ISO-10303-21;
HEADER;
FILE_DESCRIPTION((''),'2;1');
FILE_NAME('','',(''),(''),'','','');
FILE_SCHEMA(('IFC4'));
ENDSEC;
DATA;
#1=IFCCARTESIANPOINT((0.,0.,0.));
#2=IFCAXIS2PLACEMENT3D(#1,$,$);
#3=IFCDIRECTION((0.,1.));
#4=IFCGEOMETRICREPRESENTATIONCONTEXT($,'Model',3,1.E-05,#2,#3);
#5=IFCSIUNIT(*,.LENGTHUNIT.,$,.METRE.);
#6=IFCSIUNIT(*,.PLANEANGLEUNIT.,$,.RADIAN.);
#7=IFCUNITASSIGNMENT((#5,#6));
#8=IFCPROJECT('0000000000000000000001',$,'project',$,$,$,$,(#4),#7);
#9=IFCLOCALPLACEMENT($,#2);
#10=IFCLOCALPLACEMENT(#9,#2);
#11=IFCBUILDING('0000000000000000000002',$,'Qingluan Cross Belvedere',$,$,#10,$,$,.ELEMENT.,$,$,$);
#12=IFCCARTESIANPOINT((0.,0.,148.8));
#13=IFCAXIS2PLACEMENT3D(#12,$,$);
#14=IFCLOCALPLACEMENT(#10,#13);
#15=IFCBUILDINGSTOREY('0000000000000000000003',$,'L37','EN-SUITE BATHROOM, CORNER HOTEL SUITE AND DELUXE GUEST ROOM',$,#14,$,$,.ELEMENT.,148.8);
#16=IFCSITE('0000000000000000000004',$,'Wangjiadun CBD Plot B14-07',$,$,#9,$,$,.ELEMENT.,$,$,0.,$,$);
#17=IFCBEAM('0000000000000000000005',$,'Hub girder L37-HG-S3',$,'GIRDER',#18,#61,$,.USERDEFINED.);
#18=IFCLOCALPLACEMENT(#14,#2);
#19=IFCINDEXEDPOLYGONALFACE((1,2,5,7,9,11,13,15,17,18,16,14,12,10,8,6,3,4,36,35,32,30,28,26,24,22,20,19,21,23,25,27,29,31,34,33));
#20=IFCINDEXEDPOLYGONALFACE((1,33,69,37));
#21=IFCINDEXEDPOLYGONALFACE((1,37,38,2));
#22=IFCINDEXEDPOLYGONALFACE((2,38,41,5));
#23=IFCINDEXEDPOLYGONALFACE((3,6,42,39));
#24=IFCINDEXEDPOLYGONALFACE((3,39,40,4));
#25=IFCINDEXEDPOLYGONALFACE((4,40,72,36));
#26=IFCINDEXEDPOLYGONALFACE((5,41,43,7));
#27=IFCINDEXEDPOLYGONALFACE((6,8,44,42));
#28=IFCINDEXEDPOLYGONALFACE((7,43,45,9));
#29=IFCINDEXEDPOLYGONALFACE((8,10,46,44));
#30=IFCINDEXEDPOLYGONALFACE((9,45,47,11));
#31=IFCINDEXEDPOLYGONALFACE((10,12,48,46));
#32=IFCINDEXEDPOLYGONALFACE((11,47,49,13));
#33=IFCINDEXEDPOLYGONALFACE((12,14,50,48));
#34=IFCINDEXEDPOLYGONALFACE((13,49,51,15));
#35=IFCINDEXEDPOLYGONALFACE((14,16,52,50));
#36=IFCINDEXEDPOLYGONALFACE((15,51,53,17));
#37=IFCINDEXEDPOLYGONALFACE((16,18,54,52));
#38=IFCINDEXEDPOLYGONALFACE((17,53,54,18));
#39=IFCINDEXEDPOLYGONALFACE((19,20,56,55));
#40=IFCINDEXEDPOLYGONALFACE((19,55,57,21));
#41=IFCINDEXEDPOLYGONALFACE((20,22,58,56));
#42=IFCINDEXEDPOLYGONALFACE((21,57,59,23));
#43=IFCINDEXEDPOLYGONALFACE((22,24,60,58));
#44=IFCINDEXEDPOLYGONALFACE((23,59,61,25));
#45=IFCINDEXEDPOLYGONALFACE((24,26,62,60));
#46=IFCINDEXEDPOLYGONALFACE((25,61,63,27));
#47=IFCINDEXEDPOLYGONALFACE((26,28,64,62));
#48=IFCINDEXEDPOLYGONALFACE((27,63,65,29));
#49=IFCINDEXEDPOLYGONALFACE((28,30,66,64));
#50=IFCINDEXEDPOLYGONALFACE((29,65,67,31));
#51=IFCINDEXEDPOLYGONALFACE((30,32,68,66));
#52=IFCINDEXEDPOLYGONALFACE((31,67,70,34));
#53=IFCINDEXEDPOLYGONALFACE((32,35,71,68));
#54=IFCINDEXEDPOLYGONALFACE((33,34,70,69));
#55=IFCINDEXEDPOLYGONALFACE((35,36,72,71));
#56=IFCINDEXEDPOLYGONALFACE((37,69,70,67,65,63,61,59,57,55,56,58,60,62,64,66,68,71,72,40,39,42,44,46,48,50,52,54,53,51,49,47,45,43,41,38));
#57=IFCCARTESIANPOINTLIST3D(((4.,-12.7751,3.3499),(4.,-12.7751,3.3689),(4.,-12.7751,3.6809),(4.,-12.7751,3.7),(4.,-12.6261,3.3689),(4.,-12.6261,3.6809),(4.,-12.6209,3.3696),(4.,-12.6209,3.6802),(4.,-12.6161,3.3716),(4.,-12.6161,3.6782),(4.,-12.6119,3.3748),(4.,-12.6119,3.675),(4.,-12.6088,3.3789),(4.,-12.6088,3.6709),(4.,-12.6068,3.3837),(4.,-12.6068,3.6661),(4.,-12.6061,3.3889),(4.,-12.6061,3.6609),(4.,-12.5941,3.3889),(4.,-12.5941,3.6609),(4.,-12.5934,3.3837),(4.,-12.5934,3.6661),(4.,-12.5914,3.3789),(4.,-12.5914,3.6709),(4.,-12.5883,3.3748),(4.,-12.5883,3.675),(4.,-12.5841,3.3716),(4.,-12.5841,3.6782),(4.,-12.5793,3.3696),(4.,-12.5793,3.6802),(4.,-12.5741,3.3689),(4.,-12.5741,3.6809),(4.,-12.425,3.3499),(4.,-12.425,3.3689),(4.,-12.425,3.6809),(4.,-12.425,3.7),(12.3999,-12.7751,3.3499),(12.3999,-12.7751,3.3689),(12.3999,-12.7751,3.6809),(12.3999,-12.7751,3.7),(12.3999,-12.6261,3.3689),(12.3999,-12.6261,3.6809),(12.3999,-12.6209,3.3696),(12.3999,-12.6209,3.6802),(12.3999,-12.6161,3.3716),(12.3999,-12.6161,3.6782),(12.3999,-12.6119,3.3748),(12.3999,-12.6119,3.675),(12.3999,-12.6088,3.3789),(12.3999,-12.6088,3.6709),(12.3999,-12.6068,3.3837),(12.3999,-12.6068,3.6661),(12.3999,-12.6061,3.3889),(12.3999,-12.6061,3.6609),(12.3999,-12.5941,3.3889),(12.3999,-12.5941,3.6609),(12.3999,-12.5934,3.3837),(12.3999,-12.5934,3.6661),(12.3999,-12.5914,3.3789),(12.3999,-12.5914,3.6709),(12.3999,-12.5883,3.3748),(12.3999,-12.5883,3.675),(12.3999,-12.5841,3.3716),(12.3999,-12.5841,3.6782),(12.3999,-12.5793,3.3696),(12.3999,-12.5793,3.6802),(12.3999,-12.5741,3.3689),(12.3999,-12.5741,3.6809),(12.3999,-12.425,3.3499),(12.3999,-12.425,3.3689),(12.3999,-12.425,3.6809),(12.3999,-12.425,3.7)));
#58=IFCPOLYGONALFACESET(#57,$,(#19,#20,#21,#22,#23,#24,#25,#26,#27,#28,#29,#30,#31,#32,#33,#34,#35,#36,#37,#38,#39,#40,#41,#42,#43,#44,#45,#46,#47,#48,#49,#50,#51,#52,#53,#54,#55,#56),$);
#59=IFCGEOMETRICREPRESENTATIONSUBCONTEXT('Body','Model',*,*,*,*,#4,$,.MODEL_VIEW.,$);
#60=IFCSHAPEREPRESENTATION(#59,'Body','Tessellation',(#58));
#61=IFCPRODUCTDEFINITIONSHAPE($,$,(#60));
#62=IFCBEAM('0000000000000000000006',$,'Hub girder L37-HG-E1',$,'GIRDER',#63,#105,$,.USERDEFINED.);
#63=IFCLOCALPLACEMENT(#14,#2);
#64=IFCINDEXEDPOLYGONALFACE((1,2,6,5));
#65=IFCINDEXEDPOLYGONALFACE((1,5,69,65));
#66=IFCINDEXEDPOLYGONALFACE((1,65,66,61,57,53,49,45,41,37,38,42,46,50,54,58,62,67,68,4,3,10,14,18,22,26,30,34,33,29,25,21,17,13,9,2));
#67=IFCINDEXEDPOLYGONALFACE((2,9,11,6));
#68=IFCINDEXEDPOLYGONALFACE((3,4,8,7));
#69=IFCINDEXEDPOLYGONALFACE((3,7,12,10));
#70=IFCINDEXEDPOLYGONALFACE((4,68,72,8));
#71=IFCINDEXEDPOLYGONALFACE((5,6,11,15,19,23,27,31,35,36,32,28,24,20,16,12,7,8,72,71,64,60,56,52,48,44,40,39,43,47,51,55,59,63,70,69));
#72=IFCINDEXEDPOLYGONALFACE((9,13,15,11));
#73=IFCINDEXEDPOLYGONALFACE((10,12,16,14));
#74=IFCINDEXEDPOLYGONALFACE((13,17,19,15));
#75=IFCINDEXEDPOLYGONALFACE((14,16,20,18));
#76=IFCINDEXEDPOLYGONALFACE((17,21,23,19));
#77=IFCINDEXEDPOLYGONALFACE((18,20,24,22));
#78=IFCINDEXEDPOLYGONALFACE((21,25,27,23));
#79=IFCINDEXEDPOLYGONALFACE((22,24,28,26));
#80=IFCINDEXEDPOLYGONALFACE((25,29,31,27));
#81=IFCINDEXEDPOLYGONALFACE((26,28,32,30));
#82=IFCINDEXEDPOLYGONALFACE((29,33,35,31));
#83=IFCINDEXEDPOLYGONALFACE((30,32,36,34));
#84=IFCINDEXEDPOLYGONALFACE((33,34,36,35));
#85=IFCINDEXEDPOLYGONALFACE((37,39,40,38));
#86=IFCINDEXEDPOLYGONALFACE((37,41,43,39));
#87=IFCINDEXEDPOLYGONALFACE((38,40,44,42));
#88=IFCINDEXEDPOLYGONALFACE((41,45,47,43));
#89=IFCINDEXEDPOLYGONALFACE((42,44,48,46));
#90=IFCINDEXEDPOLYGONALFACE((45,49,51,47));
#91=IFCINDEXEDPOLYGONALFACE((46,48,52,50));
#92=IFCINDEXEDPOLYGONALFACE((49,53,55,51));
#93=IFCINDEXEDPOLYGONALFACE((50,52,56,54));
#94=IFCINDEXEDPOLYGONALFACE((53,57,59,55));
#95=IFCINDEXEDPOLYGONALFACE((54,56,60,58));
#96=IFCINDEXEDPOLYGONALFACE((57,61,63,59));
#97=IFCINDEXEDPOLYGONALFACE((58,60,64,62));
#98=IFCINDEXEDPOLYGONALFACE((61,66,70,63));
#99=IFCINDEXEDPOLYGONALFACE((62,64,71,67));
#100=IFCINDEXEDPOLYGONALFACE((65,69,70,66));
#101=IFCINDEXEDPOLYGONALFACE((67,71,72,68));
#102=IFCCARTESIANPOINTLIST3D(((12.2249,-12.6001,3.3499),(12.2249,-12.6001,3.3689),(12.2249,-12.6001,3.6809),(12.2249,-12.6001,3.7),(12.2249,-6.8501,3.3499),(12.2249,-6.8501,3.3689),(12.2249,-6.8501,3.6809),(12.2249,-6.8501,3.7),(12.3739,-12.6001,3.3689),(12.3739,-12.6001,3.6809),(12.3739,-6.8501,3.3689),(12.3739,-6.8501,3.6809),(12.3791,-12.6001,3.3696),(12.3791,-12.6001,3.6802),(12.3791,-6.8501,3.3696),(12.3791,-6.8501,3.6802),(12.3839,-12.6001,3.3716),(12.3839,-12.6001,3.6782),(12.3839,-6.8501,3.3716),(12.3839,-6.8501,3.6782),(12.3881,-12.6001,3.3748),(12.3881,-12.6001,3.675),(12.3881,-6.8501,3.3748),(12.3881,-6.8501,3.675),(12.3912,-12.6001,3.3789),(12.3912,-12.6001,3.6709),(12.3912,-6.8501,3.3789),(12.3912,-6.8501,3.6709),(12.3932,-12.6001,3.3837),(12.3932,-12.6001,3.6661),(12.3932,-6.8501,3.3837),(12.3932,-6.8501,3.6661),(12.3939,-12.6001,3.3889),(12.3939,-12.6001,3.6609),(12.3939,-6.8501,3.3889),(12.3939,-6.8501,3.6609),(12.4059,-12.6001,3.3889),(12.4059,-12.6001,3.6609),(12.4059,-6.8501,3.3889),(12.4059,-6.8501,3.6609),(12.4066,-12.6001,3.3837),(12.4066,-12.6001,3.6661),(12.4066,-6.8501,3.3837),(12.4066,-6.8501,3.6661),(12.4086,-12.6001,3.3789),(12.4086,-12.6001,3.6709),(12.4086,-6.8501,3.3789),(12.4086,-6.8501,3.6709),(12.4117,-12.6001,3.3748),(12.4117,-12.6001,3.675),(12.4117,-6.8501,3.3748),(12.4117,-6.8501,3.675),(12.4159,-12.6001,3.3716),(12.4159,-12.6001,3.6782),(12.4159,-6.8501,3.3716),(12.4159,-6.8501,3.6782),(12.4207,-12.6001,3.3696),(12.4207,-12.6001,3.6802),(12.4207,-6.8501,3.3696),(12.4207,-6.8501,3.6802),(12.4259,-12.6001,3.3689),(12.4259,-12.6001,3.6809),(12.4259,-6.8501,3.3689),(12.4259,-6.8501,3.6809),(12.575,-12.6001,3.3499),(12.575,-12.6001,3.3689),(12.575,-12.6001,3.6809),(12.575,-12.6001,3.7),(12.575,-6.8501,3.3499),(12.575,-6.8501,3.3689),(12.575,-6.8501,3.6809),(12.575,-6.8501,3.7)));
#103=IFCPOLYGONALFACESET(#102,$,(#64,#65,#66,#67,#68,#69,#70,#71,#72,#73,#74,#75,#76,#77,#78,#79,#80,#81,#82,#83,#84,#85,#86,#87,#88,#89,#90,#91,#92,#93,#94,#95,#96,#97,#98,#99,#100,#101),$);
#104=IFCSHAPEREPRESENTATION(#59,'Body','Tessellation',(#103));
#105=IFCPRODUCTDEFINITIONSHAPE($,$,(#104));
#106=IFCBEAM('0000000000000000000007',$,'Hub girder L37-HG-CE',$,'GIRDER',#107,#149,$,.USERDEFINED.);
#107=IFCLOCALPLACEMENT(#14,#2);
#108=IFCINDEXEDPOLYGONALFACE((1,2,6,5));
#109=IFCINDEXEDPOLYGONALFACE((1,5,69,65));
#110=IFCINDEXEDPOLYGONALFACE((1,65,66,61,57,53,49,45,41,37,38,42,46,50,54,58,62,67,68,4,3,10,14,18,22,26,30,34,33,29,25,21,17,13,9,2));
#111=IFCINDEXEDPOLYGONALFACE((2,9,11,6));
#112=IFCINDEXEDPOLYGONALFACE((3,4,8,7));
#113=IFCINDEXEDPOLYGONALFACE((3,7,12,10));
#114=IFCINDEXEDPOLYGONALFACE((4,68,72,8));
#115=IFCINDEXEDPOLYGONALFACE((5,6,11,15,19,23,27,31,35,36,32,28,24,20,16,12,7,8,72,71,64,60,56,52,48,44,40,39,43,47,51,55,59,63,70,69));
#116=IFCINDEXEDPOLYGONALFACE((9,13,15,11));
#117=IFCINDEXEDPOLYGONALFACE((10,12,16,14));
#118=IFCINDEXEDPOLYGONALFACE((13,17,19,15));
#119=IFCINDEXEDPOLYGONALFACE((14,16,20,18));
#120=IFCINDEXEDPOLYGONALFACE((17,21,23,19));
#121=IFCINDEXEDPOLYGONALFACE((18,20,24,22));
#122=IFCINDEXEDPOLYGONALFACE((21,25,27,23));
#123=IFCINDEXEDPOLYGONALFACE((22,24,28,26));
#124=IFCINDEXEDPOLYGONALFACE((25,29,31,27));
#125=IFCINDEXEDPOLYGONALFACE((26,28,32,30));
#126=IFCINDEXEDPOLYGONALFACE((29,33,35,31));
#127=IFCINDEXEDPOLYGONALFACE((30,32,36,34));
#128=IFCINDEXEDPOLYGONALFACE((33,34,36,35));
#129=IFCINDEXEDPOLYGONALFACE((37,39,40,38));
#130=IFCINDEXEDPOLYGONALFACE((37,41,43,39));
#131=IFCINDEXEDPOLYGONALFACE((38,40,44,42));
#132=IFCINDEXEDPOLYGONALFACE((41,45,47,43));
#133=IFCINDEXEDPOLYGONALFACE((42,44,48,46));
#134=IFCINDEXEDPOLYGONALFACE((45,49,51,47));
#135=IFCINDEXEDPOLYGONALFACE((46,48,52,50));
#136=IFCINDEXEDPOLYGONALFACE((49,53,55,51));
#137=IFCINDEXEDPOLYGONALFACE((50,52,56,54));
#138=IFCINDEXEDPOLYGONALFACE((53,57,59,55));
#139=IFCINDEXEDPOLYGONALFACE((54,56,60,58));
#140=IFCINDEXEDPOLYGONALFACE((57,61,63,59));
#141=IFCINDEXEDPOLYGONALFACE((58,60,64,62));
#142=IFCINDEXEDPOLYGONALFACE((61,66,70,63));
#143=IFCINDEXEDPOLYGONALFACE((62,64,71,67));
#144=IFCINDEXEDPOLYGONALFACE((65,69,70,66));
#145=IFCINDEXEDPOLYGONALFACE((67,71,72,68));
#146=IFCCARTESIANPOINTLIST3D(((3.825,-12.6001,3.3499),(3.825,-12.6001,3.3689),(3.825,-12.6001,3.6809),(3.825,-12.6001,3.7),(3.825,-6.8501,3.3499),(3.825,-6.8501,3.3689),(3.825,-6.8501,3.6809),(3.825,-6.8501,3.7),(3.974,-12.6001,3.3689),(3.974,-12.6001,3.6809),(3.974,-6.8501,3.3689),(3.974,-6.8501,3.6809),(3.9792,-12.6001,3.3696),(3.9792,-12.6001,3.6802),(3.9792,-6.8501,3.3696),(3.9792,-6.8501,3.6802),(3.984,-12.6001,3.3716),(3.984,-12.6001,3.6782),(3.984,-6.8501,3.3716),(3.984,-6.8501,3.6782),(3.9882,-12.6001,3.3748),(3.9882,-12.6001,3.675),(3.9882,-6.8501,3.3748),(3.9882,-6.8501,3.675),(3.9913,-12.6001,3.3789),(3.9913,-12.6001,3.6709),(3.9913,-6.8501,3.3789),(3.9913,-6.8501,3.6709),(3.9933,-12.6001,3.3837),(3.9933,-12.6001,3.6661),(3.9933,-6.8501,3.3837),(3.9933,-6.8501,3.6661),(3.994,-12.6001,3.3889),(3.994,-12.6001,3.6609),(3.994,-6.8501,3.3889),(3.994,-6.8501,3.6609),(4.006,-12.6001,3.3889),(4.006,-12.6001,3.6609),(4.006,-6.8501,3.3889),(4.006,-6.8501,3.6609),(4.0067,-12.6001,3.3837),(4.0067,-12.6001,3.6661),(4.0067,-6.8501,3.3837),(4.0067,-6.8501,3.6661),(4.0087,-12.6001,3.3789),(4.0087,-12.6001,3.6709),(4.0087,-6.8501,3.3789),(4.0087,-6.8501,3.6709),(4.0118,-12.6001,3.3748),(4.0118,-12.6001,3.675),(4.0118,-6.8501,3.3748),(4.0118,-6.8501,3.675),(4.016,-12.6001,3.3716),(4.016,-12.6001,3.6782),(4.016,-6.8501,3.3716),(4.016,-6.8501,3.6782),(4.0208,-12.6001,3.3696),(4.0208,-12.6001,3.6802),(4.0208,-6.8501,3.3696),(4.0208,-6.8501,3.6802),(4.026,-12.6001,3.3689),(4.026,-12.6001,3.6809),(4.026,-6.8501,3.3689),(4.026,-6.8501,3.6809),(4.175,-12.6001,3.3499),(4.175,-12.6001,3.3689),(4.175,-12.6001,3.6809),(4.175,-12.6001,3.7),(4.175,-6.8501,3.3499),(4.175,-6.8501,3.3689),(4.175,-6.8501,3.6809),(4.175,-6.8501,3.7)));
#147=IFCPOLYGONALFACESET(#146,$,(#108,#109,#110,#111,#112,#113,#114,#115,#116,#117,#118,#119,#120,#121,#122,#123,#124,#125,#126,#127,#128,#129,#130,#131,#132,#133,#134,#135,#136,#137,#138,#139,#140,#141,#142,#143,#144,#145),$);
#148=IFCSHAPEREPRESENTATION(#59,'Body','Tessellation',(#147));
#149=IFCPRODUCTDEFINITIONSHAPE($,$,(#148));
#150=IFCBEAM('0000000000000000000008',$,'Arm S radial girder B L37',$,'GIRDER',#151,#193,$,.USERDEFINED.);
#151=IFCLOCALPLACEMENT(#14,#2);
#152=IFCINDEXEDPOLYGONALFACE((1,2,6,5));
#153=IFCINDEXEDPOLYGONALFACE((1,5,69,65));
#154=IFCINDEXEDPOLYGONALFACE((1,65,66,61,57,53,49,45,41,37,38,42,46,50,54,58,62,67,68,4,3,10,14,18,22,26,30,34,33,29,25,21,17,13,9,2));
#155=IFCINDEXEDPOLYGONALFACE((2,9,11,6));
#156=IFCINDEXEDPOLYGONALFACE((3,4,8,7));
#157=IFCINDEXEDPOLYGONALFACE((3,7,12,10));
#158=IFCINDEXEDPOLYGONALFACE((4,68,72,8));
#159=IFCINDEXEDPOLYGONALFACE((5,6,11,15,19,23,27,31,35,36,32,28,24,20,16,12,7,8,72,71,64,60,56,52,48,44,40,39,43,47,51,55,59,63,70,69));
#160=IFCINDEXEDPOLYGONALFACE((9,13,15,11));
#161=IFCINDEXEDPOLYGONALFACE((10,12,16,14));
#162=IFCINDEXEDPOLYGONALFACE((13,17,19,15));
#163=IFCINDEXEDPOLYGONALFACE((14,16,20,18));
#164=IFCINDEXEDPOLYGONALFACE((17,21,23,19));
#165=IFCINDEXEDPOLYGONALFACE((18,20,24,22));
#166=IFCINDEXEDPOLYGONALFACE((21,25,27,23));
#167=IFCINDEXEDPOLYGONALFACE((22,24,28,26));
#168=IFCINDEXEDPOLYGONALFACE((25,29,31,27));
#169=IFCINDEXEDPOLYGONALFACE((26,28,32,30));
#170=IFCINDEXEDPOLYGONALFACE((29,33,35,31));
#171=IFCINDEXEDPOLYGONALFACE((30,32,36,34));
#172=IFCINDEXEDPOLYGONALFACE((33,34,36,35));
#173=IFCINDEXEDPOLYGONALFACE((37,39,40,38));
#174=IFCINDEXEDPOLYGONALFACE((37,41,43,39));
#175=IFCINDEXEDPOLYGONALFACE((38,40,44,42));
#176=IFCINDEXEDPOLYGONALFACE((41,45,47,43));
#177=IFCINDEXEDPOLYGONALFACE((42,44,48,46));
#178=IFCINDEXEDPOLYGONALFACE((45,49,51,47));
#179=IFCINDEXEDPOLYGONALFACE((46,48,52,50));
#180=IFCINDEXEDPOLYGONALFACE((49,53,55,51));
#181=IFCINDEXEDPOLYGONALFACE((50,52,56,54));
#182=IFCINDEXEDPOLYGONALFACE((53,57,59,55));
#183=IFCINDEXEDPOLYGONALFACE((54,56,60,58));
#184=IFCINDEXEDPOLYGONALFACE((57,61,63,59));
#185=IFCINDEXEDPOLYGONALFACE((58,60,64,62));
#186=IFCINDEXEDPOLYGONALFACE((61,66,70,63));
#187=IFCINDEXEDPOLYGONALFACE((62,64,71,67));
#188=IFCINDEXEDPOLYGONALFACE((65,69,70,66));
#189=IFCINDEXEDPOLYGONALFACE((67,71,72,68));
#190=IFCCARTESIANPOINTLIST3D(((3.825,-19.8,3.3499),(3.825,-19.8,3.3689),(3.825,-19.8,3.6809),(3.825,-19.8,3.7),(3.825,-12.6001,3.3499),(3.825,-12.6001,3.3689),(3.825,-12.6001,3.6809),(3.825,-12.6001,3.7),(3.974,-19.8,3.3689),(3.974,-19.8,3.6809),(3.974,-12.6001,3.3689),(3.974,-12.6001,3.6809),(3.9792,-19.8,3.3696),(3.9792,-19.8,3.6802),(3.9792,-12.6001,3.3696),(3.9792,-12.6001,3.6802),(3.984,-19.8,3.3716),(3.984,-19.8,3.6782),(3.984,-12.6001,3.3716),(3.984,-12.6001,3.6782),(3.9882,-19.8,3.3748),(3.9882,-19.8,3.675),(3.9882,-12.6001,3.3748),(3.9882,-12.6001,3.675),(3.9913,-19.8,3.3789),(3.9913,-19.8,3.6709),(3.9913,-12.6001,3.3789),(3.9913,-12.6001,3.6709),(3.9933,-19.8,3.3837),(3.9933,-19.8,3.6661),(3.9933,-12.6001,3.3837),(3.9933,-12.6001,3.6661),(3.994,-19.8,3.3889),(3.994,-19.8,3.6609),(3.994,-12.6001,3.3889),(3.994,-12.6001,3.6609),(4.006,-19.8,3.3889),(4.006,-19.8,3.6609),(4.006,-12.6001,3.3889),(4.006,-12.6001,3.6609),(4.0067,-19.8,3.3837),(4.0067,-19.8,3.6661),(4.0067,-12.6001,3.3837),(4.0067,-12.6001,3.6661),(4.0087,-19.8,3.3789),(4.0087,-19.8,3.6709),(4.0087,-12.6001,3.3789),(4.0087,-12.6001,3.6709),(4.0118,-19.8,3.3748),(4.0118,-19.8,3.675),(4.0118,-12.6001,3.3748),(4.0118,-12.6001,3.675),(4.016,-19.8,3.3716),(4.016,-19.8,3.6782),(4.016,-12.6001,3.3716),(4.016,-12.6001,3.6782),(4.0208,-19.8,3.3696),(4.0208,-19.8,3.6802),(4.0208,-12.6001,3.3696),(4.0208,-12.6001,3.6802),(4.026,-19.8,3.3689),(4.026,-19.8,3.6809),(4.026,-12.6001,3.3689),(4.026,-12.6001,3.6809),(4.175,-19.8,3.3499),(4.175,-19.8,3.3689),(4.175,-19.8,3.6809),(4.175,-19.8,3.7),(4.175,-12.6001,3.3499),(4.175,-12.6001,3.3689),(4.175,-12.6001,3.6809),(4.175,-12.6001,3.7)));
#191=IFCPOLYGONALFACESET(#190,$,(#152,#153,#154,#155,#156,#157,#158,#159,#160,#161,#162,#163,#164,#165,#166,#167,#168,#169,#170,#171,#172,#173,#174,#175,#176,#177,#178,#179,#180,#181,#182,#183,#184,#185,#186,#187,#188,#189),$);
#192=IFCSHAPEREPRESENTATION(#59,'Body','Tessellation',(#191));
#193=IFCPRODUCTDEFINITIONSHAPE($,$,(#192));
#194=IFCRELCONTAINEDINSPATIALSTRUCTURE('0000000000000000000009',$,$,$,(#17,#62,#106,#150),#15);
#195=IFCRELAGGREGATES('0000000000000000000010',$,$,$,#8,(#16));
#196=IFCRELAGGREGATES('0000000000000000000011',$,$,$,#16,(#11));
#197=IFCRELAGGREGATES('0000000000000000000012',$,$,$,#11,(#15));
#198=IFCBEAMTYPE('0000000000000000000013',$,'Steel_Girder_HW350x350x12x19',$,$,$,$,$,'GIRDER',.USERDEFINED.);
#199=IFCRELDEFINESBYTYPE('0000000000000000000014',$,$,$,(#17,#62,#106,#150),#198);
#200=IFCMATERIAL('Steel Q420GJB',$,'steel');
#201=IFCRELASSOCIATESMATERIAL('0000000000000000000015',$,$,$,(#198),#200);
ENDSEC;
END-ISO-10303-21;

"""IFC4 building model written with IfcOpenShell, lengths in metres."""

from ifc_helpers import new_model, si_unit, direction, frame, origin, origin_2d, place, context, subcontext, project, spatial, i_section, extrude, material, material_profile, profile_set, type_object, element, save


model = new_model("IFC4")

# Units and contexts
model_context = context("Model", 3, precision=1e-05, world=origin(), true_north=direction((0.0, 1.0)))
body_context = subcontext(model_context, "Body", "Model", "MODEL_VIEW")
ifc_project = project(units=[si_unit("LENGTHUNIT", "METRE"), si_unit("PLANEANGLEUNIT", "RADIAN")], contexts=[model_context])

# Site, building, storey
site_placement = place(None, origin())
site = spatial("IfcSite", under=ifc_project, at=site_placement, Name="Wangjiadun CBD Plot B14-07", CompositionType="ELEMENT", RefElevation=0.0)
building_placement = place(site_placement, origin())
building = spatial("IfcBuilding", under=site, at=building_placement, Name="Qingluan Cross Belvedere", CompositionType="ELEMENT")
storey_placement = place(building_placement, frame((0.0, 0.0, 148.8)))
storey = spatial("IfcBuildingStorey", under=building, at=storey_placement, Name="L37", Description="EN-SUITE BATHROOM, CORNER HOTEL SUITE AND DELUXE GUEST ROOM", CompositionType="ELEMENT", Elevation=148.8)

# Beams
ifc_material_1 = material(Name="Steel Q420GJB", Category="steel")
ifc_material_profile_1 = material_profile(ifc_material_1, i_section(OverallWidth=0.3501, OverallDepth=0.3501, WebThickness=0.012, FlangeThickness=0.019, FilletRadius=0.02, at=origin_2d()), Name="HW350x350x12x19")
ifc_profile_set_1 = profile_set([ifc_material_profile_1], Name="Steel Q420GJB")
beam_type_1 = type_object("IfcBeamType", Name="Steel_Girder_HW350x350x12x19", ElementType="GIRDER", PredefinedType="USERDEFINED", material=ifc_profile_set_1)
beam_1_placement = place(storey_placement, frame((4.0, -12.6001, 3.5249), z_axis=(1.0, 0.0, 0.0), x_axis=(0.0, 1.0, 0.0)))
element("IfcBeam", 1, at=beam_1_placement, inside=storey, type_object=beam_type_1, Name="Hub girder L37-HG-S3", ObjectType="GIRDER", PredefinedType="USERDEFINED", context=body_context, shape_type="SweptSolid", body=[
    extrude(i_section(OverallWidth=0.3501, OverallDepth=0.3501, WebThickness=0.012, FlangeThickness=0.019, FilletRadius=0.02, at=origin_2d()), origin(), (0.0, 0.0, 1.0), 8.3999),
])
for number, where, z_axis, x_axis, name in (
    (2, (12.3999, -12.6001, 3.5249), (0.0, 1.0, 0.0), (-1.0, 0.0, 0.0), "Hub girder L37-HG-E1"),
    (3, (4.0, -12.6001, 3.5249), (0.0, 1.0, 0.0), (-1.0, 0.0, 0.0), "Hub girder L37-HG-CE"),
):
    element("IfcBeam", number, at=place(storey_placement, frame(where, z_axis=z_axis, x_axis=x_axis)), inside=storey, type_object=beam_type_1, Name=name, ObjectType="GIRDER", PredefinedType="USERDEFINED", context=body_context, shape_type="SweptSolid", body=[
        extrude(i_section(OverallWidth=0.3501, OverallDepth=0.3501, WebThickness=0.012, FlangeThickness=0.019, FilletRadius=0.02, at=origin_2d()), origin(), (0.0, 0.0, 1.0), 5.75),
    ])
beam_2_placement = place(storey_placement, frame((4.0, -12.6001, 3.5249), z_axis=(0.0, -1.0, 0.0), x_axis=(1.0, 0.0, 0.0)))
element("IfcBeam", 4, at=beam_2_placement, inside=storey, type_object=beam_type_1, Name="Arm S radial girder B L37", ObjectType="GIRDER", PredefinedType="USERDEFINED", context=body_context, shape_type="SweptSolid", body=[
    extrude(i_section(OverallWidth=0.3501, OverallDepth=0.3501, WebThickness=0.012, FlangeThickness=0.019, FilletRadius=0.02, at=origin_2d()), origin(), (0.0, 0.0, 1.0), 7.2),
])

save(model, "model.ifc")
